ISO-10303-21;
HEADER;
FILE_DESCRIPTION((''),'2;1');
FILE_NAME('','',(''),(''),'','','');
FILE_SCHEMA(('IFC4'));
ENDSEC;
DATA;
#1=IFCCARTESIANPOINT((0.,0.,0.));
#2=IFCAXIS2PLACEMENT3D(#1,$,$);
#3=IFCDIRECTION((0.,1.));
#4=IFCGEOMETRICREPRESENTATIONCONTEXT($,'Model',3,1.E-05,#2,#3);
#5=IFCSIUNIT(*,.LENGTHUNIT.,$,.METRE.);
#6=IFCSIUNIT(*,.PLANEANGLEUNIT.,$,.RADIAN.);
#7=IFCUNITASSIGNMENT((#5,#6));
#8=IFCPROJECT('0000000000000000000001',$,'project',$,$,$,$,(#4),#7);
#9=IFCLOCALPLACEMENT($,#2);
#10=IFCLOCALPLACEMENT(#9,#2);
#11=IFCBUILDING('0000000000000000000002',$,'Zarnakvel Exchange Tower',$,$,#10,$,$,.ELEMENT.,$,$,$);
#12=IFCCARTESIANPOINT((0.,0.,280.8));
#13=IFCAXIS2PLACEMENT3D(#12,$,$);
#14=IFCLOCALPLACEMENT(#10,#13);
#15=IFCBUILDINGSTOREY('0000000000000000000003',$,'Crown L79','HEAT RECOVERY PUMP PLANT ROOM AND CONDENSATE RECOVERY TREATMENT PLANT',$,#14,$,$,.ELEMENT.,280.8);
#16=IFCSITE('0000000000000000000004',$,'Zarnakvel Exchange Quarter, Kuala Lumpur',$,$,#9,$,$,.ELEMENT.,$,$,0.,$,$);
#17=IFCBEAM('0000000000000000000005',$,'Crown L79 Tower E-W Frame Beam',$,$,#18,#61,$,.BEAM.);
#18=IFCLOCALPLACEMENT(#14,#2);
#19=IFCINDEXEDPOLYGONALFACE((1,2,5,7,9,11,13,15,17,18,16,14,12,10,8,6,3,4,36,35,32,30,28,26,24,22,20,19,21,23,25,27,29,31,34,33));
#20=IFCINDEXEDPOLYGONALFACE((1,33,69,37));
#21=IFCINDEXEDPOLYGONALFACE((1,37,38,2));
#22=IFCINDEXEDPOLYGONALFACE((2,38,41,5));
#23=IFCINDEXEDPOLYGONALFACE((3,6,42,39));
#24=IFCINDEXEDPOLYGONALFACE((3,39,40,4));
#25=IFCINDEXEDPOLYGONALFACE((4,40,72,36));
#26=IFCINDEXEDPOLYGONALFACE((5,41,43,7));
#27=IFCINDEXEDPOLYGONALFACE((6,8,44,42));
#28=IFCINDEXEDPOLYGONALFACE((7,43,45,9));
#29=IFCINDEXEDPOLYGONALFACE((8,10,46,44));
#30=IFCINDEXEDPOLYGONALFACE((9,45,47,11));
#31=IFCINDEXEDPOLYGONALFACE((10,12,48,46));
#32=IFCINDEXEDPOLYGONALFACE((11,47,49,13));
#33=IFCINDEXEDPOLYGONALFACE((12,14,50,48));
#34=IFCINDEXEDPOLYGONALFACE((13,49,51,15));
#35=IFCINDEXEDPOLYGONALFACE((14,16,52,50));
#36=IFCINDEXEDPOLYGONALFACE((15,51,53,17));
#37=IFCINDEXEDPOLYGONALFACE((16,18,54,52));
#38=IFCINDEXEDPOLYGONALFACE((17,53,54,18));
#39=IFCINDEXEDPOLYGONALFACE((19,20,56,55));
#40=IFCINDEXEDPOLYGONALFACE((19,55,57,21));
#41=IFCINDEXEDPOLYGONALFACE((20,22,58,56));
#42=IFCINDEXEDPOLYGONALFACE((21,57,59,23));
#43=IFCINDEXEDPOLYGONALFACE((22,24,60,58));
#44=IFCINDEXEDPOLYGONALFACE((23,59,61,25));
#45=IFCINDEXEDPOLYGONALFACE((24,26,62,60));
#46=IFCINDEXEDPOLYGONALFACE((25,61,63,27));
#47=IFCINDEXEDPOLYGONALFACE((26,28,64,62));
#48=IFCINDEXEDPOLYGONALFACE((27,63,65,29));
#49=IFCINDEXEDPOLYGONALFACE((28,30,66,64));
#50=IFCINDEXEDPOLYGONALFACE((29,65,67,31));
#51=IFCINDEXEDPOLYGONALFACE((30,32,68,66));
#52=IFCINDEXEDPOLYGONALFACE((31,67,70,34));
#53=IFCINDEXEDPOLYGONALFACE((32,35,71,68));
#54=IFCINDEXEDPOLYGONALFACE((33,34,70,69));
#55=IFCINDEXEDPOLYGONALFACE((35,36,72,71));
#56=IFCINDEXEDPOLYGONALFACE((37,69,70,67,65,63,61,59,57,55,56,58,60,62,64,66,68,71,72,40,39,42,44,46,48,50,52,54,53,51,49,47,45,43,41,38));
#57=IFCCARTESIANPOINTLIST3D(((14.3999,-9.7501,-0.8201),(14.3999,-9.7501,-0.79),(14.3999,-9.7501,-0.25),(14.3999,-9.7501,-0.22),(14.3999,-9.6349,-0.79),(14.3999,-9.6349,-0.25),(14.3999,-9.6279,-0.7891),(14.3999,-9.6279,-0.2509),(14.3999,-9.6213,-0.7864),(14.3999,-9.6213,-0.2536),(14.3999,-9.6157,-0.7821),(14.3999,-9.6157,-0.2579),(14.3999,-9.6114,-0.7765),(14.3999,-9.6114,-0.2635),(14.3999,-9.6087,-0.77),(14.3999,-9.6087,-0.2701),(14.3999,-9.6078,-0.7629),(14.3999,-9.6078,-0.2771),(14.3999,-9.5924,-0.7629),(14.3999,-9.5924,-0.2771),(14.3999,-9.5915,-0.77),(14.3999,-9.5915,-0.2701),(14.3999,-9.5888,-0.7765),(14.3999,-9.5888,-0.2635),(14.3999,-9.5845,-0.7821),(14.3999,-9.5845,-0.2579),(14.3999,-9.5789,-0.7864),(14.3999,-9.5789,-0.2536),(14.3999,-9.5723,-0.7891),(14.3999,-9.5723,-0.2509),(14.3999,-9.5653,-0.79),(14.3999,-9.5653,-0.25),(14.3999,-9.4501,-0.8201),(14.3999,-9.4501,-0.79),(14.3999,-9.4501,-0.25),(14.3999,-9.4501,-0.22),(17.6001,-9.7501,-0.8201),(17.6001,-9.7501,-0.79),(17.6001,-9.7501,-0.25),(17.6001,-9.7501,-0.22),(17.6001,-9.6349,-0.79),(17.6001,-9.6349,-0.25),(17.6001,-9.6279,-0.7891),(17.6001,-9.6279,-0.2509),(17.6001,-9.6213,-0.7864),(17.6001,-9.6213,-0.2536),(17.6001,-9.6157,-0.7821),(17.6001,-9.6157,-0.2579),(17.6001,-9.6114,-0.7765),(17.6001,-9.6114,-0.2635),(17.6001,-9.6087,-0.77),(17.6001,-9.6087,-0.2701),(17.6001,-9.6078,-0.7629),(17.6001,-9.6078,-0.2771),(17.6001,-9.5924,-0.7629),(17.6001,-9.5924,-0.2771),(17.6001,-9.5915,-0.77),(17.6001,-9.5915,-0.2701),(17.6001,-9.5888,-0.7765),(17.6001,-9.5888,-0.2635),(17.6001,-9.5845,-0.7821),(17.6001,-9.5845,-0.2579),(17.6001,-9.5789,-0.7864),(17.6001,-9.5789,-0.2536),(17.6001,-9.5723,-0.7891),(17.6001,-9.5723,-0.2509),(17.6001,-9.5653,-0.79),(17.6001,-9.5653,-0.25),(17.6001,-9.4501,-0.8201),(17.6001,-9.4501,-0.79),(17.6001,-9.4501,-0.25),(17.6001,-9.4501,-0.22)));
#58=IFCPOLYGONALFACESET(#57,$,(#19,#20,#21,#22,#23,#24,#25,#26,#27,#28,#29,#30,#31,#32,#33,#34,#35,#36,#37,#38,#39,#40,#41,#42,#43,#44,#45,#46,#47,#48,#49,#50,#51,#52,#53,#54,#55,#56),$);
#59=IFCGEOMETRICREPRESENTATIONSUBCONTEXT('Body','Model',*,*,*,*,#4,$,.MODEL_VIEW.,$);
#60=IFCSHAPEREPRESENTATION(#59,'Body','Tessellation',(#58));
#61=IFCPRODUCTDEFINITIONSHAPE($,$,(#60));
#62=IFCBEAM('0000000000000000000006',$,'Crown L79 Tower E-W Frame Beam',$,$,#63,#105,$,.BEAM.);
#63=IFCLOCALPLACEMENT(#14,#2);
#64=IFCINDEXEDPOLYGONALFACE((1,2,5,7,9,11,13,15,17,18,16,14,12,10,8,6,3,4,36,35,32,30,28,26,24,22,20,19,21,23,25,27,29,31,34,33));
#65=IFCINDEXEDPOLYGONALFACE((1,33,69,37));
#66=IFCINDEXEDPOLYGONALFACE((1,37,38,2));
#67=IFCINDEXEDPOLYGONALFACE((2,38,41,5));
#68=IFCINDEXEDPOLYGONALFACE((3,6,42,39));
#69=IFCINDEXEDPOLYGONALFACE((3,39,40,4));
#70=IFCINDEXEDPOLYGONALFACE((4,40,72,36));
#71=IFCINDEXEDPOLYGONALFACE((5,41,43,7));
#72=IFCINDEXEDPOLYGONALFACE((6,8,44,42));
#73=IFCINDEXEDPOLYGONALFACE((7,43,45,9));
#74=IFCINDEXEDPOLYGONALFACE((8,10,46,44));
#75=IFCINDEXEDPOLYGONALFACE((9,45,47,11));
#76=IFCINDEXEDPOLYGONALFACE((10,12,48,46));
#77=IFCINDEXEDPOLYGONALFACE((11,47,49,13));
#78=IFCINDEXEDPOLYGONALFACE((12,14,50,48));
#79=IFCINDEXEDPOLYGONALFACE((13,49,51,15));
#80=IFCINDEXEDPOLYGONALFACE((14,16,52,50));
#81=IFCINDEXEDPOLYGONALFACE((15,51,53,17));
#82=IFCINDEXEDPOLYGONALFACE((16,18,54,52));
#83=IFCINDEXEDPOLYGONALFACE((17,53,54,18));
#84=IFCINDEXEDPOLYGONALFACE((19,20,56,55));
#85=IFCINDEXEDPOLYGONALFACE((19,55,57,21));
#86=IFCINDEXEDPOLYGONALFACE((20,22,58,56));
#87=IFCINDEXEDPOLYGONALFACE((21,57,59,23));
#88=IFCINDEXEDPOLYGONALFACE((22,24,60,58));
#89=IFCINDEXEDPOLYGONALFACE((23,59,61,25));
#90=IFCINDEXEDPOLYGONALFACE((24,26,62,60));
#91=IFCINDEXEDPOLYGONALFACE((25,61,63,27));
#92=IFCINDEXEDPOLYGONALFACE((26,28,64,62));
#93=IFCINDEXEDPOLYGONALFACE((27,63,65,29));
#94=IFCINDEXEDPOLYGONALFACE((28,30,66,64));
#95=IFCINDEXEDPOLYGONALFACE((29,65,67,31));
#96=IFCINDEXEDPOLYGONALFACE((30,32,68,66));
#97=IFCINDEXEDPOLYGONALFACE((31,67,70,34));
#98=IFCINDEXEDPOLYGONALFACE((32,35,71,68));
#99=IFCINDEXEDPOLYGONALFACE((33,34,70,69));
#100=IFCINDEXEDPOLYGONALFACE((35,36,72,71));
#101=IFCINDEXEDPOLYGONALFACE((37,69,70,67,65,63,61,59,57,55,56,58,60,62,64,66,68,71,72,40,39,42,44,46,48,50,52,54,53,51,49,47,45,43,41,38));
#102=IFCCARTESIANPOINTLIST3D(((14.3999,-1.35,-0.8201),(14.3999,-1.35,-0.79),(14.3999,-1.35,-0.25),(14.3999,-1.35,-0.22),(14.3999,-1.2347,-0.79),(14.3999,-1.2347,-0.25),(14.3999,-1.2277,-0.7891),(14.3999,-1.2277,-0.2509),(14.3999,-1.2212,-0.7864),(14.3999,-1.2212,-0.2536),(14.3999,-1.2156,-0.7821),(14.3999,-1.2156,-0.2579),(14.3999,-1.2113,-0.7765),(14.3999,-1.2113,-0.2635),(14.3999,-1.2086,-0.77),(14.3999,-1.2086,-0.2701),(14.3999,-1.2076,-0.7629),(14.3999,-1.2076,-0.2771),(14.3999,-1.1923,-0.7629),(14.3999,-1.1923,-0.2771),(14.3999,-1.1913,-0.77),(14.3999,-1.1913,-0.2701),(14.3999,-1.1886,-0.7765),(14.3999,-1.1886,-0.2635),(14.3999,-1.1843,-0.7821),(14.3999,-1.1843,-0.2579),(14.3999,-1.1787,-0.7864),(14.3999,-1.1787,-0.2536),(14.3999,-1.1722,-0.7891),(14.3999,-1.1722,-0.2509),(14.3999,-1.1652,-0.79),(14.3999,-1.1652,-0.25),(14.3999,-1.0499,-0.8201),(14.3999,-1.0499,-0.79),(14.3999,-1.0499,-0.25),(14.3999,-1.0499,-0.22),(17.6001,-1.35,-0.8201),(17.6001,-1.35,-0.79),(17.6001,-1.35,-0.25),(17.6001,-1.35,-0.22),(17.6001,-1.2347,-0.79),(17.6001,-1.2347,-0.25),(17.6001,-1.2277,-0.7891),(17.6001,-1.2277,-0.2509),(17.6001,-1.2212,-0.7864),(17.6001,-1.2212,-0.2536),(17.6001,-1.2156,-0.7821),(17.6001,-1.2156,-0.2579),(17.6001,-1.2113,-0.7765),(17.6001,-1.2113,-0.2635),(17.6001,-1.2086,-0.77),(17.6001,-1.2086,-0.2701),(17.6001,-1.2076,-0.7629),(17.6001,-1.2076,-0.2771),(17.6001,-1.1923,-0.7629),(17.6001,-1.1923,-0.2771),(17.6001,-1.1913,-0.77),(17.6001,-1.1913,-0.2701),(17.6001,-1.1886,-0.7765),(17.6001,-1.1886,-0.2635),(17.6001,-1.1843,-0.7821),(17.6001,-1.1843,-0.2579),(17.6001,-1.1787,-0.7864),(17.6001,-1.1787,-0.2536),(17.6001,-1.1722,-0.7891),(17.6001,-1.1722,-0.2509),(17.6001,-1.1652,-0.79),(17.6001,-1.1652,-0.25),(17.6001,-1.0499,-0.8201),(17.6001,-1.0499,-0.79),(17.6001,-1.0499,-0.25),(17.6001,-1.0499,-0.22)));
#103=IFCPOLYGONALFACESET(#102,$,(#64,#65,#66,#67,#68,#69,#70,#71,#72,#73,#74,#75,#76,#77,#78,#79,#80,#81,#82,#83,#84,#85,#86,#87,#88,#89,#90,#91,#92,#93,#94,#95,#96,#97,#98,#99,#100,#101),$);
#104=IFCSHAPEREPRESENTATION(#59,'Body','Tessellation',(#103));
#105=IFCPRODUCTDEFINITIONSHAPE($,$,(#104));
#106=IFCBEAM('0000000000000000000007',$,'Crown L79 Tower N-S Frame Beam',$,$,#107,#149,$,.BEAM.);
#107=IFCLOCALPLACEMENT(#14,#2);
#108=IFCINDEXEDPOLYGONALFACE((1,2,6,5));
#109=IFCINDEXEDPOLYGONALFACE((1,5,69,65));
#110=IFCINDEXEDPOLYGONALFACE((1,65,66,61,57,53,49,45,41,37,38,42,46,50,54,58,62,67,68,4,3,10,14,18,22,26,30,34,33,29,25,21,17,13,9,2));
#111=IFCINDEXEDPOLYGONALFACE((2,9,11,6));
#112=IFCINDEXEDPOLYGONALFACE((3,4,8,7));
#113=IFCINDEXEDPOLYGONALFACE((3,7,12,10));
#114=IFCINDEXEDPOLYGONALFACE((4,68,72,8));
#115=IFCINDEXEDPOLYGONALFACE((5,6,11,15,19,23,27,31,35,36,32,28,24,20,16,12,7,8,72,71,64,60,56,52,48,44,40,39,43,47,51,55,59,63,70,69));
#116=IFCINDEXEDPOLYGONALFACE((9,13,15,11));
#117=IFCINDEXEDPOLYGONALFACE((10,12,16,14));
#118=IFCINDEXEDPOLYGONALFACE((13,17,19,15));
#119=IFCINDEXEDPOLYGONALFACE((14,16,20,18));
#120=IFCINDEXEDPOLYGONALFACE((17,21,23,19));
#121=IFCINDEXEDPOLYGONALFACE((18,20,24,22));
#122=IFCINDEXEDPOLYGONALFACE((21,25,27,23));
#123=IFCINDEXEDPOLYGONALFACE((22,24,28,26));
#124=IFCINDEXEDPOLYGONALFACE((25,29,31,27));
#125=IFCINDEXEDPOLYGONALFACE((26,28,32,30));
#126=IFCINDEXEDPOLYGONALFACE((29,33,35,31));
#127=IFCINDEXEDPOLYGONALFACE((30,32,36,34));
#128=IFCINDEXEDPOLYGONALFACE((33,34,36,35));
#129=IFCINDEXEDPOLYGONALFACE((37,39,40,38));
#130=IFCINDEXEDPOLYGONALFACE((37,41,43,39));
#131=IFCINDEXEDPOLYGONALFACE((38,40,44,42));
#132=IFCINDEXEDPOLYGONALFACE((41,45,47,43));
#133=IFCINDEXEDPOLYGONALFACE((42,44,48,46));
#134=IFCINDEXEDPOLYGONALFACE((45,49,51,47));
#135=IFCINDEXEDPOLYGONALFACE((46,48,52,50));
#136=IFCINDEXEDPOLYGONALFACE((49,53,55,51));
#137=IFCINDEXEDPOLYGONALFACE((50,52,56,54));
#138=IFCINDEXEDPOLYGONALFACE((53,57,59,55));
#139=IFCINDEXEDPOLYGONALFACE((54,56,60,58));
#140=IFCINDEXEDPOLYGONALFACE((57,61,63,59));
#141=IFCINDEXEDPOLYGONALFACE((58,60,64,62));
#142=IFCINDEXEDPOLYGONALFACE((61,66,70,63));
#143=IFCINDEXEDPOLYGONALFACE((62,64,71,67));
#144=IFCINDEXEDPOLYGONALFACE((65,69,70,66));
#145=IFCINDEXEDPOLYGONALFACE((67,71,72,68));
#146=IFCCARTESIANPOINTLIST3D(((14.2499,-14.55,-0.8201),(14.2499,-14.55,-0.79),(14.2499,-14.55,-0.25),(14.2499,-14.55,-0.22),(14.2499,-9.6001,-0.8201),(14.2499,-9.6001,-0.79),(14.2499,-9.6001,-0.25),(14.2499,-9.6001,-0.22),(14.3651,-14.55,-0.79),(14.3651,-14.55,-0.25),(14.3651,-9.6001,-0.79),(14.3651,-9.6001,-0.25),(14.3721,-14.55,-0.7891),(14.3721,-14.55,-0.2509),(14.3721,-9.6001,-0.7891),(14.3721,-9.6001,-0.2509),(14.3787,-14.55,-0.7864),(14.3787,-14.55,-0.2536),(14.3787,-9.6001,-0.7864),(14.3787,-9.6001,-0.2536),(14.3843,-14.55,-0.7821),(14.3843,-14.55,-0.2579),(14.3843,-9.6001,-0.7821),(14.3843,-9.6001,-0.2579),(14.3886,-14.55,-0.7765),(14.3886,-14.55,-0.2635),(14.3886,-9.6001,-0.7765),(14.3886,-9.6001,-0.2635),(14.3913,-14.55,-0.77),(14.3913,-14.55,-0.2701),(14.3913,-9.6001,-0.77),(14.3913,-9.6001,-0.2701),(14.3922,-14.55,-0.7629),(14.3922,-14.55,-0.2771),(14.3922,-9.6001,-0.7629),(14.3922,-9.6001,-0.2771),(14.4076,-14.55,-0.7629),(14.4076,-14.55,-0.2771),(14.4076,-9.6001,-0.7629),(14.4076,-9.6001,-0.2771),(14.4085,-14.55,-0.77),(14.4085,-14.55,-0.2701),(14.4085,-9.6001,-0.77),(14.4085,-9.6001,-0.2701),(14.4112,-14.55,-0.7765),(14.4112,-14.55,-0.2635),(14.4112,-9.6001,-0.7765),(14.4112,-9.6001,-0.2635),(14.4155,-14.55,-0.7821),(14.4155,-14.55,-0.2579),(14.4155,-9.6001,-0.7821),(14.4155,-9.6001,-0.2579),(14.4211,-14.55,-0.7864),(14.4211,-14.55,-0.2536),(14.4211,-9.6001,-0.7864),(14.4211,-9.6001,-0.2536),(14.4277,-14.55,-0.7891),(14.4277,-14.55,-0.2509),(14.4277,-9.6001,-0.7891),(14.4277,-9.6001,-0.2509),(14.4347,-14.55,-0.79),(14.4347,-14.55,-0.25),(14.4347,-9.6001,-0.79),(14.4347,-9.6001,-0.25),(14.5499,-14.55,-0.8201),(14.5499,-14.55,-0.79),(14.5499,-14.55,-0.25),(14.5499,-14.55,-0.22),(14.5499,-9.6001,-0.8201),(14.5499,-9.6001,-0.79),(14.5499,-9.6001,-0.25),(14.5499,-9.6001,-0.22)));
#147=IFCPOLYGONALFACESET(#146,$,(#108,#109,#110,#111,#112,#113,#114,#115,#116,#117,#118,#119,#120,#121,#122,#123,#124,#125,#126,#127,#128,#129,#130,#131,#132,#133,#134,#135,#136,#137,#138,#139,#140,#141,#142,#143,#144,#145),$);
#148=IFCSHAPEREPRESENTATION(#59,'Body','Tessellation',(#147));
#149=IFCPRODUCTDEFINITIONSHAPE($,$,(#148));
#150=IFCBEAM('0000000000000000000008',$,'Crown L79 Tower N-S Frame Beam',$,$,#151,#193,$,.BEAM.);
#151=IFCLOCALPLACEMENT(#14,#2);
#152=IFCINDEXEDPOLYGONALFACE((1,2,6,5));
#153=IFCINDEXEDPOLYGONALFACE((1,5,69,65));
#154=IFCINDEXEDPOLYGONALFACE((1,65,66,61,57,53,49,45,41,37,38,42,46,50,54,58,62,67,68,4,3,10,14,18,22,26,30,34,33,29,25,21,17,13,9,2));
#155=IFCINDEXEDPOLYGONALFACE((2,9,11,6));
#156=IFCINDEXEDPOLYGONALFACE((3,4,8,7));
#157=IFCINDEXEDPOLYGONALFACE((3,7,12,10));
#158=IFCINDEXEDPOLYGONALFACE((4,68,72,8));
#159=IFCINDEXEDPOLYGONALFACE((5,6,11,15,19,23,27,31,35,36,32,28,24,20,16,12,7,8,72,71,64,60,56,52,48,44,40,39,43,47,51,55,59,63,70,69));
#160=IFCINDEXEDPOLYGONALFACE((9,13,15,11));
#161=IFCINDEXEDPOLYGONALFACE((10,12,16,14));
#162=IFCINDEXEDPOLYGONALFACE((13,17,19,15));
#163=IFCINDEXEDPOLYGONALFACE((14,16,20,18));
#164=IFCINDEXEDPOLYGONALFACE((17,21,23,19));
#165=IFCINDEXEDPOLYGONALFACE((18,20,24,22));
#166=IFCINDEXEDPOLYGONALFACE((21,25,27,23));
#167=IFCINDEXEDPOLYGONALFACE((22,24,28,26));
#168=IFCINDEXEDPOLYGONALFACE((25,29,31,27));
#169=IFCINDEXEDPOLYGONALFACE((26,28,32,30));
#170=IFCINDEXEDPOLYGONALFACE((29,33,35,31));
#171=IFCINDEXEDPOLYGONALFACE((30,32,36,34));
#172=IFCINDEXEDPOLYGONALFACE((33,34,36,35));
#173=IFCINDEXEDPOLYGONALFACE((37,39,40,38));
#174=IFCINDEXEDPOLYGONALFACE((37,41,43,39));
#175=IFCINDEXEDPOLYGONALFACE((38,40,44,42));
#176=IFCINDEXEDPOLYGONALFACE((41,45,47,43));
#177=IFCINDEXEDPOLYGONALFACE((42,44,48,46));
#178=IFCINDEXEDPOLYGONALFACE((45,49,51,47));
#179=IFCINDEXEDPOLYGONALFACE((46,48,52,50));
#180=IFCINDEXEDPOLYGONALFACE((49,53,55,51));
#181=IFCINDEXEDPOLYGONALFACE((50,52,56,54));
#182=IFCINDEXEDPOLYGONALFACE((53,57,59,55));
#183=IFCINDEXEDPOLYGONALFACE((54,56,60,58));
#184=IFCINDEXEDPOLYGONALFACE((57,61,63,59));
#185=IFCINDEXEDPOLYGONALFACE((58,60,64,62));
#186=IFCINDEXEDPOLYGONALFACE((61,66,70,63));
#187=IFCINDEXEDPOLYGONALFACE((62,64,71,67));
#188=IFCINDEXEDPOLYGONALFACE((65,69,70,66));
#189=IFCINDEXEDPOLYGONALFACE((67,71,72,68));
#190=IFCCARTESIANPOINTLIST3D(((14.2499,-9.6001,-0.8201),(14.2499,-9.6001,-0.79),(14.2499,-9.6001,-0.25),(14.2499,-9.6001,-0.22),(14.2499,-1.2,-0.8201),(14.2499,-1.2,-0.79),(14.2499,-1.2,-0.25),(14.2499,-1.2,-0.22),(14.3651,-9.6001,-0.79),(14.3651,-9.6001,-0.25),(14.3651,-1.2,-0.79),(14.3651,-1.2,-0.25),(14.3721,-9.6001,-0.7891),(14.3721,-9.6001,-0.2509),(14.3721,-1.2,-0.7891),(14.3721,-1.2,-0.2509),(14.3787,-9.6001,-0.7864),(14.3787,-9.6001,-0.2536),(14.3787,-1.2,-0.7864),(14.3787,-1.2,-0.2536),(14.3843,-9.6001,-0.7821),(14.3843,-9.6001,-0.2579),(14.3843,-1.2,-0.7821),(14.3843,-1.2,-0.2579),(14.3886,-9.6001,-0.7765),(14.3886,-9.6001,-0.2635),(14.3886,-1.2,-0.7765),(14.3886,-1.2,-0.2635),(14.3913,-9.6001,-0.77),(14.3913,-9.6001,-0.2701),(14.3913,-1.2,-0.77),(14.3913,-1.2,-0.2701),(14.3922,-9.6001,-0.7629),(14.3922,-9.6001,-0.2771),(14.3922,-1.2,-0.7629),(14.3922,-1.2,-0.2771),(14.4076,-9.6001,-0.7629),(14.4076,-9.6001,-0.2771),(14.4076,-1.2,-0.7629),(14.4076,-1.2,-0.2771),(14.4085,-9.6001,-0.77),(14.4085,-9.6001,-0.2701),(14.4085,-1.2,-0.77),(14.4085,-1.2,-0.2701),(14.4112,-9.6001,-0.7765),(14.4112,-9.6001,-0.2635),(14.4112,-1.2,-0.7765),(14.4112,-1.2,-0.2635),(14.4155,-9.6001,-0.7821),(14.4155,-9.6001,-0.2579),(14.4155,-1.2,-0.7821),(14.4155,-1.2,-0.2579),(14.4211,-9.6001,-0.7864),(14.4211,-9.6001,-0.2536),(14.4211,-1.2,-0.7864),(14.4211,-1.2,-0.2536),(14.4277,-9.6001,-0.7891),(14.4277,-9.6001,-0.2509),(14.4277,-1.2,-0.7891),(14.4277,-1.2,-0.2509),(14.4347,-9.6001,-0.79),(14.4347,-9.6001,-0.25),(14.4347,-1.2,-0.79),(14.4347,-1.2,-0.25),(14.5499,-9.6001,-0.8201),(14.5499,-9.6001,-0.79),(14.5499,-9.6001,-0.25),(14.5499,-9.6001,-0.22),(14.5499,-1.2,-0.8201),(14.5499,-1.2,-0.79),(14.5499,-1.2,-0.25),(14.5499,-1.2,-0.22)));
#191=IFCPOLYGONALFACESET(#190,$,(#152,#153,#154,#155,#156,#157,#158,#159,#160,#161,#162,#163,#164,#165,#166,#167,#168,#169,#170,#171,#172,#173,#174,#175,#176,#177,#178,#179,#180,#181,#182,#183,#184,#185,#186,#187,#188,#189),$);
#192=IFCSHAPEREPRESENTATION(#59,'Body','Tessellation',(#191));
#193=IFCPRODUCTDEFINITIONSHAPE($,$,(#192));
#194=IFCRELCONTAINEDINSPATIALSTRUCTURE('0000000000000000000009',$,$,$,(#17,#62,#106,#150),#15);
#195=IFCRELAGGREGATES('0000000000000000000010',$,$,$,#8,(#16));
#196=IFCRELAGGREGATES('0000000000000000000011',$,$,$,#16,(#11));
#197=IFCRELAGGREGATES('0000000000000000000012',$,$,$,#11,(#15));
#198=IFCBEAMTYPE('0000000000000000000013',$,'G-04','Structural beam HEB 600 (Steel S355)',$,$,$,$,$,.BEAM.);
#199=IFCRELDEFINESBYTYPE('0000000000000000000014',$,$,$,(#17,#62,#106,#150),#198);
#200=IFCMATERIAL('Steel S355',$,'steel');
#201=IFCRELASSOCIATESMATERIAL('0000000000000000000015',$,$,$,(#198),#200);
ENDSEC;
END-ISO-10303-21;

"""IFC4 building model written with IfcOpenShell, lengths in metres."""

from ifc_helpers import new_model, si_unit, direction, frame, origin, origin_2d, place, context, subcontext, project, spatial, i_section, extrude, material, material_profile, profile_set, type_object, element, save


model = new_model("IFC4")

# Units and contexts
model_context = context("Model", 3, precision=1e-05, world=origin(), true_north=direction((0.0, 1.0)))
body_context = subcontext(model_context, "Body", "Model", "MODEL_VIEW")
ifc_project = project(units=[si_unit("LENGTHUNIT", "METRE"), si_unit("PLANEANGLEUNIT", "RADIAN")], contexts=[model_context])

# Site, building, storey
site_placement = place(None, origin())
site = spatial("IfcSite", under=ifc_project, at=site_placement, Name="Zarnakvel Exchange Quarter, Kuala Lumpur", CompositionType="ELEMENT", RefElevation=0.0)
building_placement = place(site_placement, origin())
building = spatial("IfcBuilding", under=site, at=building_placement, Name="Zarnakvel Exchange Tower", CompositionType="ELEMENT")
storey_placement = place(building_placement, frame((0.0, 0.0, 280.8)))
storey = spatial("IfcBuildingStorey", under=building, at=storey_placement, Name="Crown L79", Description="HEAT RECOVERY PUMP PLANT ROOM AND CONDENSATE RECOVERY TREATMENT PLANT", CompositionType="ELEMENT", Elevation=280.8)

# Shared definitions
ifc_material_1 = material(Name="Steel S355", Category="steel")

# Beams
ifc_material_profile_1 = material_profile(ifc_material_1, i_section(OverallWidth=0.3, OverallDepth=0.6001, WebThickness=0.0154, FlangeThickness=0.03, FilletRadius=0.0271, at=origin_2d()))
ifc_profile_set_1 = profile_set([ifc_material_profile_1], Name="Steel S355")
beam_type_1 = type_object("IfcBeamType", Name="G-04", Description="Structural beam HEB 600 (Steel S355)", PredefinedType="BEAM", material=ifc_profile_set_1)
for number, where, z_axis, x_axis, name in (
    (1, (14.3999, -9.6001, -0.52), (1.0, 0.0, 0.0), (0.0, 1.0, 0.0), "Crown L79 Tower E-W Frame Beam"),
    (2, (14.3999, -1.2, -0.52), (1.0, 0.0, 0.0), (0.0, 1.0, 0.0), "Crown L79 Tower E-W Frame Beam"),
):
    element("IfcBeam", number, at=place(storey_placement, frame(where, z_axis=z_axis, x_axis=x_axis)), inside=storey, type_object=beam_type_1, Name=name, PredefinedType="BEAM", context=body_context, shape_type="SweptSolid", body=[
        extrude(i_section(OverallWidth=0.3, OverallDepth=0.6001, WebThickness=0.0154, FlangeThickness=0.03, FilletRadius=0.0271, at=origin_2d()), origin(), (0.0, 0.0, 1.0), 3.2002),
    ])
beam_1_placement = place(storey_placement, frame((14.3999, -14.55, -0.52), z_axis=(0.0, 1.0, 0.0), x_axis=(-1.0, 0.0, 0.0)))
element("IfcBeam", 3, at=beam_1_placement, inside=storey, type_object=beam_type_1, Name="Crown L79 Tower N-S Frame Beam", PredefinedType="BEAM", context=body_context, shape_type="SweptSolid", body=[
    extrude(i_section(OverallWidth=0.3, OverallDepth=0.6001, WebThickness=0.0154, FlangeThickness=0.03, FilletRadius=0.0271, at=origin_2d()), origin(), (0.0, 0.0, 1.0), 4.95),
])
beam_2_placement = place(storey_placement, frame((14.3999, -9.6001, -0.52), z_axis=(0.0, 1.0, 0.0), x_axis=(-1.0, 0.0, 0.0)))
element("IfcBeam", 4, at=beam_2_placement, inside=storey, type_object=beam_type_1, Name="Crown L79 Tower N-S Frame Beam", PredefinedType="BEAM", context=body_context, shape_type="SweptSolid", body=[
    extrude(i_section(OverallWidth=0.3, OverallDepth=0.6001, WebThickness=0.0154, FlangeThickness=0.03, FilletRadius=0.0271, at=origin_2d()), origin(), (0.0, 0.0, 1.0), 8.4001),
])

save(model, "model.ifc")
